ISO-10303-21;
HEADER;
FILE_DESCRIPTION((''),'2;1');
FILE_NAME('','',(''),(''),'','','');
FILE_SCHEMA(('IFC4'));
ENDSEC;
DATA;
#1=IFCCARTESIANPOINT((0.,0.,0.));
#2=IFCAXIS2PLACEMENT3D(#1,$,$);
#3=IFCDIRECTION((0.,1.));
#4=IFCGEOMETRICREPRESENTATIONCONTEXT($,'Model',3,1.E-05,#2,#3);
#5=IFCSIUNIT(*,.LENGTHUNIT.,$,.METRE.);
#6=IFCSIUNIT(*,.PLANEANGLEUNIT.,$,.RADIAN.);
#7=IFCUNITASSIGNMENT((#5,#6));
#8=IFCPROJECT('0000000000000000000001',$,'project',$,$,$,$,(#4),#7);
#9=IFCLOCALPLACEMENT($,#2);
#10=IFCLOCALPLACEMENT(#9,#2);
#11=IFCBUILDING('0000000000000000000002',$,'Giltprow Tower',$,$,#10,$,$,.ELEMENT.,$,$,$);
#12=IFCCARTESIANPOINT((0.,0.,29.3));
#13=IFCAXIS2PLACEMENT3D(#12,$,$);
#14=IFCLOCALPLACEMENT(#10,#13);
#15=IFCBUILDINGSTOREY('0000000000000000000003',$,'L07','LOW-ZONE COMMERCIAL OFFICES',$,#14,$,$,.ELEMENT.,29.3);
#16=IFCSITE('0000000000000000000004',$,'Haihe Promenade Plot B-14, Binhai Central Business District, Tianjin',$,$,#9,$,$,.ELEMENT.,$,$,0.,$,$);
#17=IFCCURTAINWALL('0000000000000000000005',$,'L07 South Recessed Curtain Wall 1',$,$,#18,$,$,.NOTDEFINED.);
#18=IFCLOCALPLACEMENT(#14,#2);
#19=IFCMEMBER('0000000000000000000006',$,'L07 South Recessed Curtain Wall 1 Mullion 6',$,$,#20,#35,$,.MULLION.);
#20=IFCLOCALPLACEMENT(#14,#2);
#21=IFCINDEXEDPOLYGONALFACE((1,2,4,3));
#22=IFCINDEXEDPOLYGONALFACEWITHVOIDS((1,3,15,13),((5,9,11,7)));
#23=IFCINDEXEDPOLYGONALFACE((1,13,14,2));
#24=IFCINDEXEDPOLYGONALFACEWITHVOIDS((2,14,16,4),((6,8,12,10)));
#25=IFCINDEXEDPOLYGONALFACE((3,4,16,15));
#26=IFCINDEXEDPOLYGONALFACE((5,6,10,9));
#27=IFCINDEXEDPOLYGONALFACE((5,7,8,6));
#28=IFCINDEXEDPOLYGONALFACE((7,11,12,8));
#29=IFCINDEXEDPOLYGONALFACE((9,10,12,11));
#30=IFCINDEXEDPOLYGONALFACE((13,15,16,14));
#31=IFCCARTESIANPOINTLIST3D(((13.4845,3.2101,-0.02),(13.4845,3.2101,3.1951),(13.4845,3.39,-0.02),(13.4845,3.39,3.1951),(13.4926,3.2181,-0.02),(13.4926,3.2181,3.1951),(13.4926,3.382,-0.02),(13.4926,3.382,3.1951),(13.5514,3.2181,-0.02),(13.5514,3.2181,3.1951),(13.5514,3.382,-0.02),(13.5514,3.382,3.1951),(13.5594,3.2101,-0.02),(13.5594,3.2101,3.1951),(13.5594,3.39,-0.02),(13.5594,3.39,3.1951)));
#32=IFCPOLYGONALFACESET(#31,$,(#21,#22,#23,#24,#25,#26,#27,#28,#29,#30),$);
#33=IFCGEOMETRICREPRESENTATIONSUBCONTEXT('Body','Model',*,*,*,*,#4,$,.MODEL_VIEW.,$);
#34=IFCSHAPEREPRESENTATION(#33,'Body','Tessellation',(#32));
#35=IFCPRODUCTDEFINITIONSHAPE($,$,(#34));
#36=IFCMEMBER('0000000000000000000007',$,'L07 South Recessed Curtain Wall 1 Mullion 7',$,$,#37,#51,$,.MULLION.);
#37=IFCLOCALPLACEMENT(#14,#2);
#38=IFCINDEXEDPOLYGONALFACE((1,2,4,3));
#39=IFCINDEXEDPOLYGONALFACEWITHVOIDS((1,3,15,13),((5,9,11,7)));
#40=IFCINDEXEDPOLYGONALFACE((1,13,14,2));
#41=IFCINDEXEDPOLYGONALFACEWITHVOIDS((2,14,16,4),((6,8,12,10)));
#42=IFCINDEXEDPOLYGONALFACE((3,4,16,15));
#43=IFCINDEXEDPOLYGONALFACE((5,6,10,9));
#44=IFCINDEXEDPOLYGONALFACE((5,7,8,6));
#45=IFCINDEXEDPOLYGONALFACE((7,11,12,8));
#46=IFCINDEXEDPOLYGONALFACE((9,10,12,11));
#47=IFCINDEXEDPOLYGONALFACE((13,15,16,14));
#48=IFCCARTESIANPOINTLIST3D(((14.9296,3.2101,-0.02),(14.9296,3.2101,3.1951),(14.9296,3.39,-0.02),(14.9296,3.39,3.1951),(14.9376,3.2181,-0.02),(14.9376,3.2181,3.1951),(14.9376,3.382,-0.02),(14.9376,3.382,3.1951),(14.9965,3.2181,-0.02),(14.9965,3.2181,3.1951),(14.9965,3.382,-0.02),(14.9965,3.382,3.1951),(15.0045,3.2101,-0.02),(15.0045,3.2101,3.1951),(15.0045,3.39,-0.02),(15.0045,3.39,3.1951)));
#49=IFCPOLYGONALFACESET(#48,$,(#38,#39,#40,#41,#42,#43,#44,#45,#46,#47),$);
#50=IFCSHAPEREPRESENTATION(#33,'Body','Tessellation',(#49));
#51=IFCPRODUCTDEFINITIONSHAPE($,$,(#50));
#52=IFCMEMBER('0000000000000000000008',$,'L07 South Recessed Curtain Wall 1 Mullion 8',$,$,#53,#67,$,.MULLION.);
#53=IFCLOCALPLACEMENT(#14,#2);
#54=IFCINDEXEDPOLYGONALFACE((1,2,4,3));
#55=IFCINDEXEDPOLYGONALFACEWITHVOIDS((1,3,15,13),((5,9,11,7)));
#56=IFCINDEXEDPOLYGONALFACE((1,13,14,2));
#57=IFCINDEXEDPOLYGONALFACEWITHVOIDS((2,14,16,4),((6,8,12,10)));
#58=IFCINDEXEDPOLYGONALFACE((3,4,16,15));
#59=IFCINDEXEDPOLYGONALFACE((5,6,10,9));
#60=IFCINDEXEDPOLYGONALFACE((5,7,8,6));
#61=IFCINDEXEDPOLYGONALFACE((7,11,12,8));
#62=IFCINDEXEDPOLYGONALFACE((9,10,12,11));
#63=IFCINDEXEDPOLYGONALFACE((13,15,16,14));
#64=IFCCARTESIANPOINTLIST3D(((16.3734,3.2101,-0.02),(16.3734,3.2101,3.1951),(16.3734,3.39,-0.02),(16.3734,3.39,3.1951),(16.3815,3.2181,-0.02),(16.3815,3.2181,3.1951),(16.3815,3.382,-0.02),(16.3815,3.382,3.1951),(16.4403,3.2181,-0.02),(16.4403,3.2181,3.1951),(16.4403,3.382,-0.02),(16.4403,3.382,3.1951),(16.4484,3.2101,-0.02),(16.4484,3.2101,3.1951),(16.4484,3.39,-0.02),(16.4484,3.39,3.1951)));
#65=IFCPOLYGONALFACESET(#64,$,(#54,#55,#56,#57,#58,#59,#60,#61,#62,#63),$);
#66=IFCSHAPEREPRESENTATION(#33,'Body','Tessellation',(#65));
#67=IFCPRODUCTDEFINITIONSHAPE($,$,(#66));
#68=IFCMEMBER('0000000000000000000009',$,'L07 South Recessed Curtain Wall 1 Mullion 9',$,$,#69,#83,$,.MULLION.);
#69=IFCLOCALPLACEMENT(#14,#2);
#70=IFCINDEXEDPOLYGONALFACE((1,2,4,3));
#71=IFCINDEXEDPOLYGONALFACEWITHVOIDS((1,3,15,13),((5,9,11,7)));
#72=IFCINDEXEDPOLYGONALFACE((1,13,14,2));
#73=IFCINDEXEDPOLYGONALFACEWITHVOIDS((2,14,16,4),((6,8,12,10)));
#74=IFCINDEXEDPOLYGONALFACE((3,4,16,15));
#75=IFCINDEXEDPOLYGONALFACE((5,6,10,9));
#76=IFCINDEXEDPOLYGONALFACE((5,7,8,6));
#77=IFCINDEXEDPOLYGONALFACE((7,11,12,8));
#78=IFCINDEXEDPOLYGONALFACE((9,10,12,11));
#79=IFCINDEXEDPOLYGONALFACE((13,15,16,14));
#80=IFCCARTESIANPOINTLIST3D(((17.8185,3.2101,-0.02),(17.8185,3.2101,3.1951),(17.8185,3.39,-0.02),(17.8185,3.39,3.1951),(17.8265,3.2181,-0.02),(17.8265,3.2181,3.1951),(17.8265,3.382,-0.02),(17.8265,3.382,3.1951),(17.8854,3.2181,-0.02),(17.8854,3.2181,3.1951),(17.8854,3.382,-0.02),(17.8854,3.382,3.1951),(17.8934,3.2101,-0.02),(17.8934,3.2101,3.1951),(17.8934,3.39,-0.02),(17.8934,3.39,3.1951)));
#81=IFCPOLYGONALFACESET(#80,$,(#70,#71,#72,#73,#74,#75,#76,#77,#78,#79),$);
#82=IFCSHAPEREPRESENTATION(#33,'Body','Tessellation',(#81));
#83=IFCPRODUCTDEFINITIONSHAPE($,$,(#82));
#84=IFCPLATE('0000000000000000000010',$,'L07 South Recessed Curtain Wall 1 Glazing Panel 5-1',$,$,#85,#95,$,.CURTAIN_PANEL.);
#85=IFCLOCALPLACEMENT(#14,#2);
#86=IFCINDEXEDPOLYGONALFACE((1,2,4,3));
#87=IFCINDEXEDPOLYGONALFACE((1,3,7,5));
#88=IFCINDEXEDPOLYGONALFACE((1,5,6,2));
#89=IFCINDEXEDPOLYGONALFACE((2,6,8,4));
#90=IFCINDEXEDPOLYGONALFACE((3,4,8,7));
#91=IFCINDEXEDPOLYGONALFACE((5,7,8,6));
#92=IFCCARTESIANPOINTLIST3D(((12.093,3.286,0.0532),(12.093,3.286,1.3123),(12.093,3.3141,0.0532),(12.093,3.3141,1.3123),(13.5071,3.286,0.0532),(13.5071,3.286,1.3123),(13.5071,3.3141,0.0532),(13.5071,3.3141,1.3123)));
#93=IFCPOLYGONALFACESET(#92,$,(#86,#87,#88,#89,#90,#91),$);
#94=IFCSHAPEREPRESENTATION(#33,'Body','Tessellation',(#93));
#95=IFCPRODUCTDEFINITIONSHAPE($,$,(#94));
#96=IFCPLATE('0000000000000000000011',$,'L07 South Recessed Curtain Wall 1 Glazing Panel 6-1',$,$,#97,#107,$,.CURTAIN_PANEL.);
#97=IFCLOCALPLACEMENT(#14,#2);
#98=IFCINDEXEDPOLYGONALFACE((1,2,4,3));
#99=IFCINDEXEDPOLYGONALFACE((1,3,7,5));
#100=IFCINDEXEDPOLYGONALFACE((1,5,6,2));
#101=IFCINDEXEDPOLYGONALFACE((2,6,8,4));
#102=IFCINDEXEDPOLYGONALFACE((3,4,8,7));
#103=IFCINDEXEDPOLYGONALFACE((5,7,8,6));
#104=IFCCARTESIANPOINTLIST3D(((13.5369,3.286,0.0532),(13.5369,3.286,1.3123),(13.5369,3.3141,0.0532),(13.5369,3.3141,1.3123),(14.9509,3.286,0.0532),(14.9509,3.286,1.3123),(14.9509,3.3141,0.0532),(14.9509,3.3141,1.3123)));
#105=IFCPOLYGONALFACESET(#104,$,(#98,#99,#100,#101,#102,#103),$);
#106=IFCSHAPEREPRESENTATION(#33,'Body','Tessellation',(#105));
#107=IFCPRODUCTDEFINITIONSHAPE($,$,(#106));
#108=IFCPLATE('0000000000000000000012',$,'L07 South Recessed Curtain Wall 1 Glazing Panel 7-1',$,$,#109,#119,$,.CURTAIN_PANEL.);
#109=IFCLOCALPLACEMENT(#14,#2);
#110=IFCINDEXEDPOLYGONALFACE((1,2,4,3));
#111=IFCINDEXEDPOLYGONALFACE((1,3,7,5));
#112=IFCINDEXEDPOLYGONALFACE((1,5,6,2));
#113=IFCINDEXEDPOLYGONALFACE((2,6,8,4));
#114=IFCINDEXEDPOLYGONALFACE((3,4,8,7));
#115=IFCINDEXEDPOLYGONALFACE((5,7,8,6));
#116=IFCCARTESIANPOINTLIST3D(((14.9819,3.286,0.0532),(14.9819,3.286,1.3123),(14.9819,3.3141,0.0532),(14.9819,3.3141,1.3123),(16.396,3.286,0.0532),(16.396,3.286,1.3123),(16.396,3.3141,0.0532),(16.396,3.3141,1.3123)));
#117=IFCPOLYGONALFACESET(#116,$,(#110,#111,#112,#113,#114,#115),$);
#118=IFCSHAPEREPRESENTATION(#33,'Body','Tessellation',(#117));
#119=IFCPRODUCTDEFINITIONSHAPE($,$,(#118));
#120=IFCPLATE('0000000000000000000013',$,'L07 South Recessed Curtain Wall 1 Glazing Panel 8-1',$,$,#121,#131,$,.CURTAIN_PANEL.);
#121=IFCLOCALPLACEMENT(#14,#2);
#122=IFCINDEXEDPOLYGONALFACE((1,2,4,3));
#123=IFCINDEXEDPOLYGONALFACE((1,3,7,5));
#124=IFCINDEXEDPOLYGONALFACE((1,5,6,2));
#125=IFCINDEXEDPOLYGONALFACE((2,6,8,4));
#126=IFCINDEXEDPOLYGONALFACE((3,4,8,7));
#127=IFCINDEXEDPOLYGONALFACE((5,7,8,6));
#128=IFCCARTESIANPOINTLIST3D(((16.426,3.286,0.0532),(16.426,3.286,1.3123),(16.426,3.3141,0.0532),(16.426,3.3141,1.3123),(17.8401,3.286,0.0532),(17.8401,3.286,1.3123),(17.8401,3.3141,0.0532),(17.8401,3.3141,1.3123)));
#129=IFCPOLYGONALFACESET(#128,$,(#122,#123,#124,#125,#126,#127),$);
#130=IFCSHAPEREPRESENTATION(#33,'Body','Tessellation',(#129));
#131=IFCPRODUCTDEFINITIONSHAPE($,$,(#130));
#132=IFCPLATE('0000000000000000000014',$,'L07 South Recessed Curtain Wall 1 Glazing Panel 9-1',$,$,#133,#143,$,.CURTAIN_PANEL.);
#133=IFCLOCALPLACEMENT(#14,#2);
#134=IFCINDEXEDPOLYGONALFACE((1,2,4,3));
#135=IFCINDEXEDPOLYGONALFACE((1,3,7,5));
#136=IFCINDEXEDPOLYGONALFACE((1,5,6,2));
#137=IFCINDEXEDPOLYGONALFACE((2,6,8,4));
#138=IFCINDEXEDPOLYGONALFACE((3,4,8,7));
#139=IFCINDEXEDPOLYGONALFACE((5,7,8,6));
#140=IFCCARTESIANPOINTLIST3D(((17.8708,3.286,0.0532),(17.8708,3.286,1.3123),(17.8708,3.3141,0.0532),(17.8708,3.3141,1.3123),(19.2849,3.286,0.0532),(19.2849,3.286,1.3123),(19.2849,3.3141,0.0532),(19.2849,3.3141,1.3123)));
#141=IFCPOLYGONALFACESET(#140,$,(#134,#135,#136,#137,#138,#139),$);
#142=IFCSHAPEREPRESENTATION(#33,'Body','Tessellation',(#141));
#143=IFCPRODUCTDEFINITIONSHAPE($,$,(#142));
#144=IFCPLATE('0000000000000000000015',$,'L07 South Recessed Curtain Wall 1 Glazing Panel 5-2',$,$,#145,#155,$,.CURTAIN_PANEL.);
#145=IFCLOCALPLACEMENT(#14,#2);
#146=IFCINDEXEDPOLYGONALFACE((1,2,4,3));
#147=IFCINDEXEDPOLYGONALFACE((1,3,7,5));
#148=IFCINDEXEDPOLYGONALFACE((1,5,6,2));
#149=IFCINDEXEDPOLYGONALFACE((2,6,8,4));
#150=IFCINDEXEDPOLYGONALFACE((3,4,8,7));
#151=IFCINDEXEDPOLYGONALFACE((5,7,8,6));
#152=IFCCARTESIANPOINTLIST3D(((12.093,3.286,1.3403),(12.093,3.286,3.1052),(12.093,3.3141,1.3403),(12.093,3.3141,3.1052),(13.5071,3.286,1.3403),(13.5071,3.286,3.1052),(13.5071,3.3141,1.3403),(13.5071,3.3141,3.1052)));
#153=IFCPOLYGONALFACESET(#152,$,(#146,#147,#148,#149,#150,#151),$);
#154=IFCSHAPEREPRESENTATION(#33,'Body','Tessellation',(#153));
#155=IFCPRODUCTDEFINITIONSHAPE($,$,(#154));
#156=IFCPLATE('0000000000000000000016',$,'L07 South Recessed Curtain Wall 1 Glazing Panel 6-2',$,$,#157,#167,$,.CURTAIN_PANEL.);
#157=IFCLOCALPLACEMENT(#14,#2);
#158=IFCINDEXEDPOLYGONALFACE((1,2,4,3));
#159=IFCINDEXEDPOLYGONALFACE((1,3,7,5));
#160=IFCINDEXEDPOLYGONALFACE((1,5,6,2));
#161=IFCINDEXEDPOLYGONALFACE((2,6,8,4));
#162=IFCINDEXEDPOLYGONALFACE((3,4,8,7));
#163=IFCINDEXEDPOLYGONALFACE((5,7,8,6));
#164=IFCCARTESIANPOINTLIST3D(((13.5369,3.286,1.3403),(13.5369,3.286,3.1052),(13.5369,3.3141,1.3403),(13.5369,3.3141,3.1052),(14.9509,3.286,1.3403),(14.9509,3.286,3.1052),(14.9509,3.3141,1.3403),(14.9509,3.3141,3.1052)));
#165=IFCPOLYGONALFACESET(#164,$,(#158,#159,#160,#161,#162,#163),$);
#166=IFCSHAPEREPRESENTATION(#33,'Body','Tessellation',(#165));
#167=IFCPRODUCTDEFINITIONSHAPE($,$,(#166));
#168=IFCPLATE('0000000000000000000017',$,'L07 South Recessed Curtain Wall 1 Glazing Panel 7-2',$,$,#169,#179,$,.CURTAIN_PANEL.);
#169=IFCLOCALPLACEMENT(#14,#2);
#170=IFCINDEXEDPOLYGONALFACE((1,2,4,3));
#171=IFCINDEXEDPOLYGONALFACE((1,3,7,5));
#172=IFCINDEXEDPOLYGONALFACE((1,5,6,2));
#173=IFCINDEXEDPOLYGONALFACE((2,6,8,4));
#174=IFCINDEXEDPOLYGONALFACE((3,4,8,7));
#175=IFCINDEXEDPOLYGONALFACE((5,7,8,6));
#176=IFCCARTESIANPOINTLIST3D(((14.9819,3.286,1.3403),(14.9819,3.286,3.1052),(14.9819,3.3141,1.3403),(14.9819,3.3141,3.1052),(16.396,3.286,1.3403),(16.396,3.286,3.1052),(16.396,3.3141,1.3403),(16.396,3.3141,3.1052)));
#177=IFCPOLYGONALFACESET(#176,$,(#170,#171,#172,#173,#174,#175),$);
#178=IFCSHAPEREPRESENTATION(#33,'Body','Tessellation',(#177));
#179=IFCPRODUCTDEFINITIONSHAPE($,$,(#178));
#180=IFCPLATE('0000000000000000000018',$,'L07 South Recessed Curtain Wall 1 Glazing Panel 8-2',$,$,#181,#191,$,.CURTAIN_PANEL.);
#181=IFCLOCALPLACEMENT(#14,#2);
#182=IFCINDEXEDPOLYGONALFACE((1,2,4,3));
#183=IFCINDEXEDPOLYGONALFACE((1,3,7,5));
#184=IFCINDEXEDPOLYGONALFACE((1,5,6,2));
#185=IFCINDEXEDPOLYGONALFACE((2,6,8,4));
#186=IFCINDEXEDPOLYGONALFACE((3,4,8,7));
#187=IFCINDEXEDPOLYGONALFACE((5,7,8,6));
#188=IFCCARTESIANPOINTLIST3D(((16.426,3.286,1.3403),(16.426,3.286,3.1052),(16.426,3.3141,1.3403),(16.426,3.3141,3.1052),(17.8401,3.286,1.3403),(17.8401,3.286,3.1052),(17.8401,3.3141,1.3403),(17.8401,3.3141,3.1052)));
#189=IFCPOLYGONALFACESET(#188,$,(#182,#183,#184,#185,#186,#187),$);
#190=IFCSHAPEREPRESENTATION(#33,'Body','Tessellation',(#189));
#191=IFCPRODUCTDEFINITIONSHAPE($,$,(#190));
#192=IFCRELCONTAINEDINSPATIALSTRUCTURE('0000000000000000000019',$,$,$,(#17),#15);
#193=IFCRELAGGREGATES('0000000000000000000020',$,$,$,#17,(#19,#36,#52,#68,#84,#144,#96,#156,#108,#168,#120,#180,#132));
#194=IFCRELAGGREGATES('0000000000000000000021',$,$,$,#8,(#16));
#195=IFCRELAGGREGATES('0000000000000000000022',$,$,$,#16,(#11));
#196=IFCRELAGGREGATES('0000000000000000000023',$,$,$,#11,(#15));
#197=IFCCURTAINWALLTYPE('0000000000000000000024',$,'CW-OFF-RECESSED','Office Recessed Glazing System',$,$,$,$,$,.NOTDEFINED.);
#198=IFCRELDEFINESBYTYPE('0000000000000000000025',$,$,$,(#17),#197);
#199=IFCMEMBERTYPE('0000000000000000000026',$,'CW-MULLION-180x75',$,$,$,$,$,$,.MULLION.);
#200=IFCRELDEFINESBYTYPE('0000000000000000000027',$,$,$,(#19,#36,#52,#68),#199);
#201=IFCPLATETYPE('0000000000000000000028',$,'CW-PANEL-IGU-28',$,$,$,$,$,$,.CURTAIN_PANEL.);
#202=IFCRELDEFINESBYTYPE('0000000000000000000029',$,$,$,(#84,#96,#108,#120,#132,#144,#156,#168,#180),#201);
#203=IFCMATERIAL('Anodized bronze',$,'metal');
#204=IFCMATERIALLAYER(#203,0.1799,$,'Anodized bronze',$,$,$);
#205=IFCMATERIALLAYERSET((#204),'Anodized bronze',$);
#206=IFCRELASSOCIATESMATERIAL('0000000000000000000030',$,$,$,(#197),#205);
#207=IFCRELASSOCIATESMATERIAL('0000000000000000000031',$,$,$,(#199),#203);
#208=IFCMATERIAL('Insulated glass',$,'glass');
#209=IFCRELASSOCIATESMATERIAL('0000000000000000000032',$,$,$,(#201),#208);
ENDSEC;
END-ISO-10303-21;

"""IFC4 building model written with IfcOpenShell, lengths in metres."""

from ifc_helpers import new_model, si_unit, direction, frame, origin, origin_2d, place, context, subcontext, project, spatial, rectangle, hollow_rectangle, extrude, source, transform, mapped, material, layer, layer_set, material_profile, profile_set, type_object, element, aggregate, save


model = new_model("IFC4")

# Units and contexts
model_context = context("Model", 3, precision=1e-05, world=origin(), true_north=direction((0.0, 1.0)))
body_context = subcontext(model_context, "Body", "Model", "MODEL_VIEW")
ifc_project = project(units=[si_unit("LENGTHUNIT", "METRE"), si_unit("PLANEANGLEUNIT", "RADIAN")], contexts=[model_context])

# Site, building, storey
site_placement = place(None, origin())
site = spatial("IfcSite", under=ifc_project, at=site_placement, Name="Haihe Promenade Plot B-14, Binhai Central Business District, Tianjin", CompositionType="ELEMENT", RefElevation=0.0)
building_placement = place(site_placement, origin())
building = spatial("IfcBuilding", under=site, at=building_placement, Name="Giltprow Tower", CompositionType="ELEMENT")
storey_placement = place(building_placement, frame((0.0, 0.0, 29.3)))
storey = spatial("IfcBuildingStorey", under=building, at=storey_placement, Name="L07", Description="LOW-ZONE COMMERCIAL OFFICES", CompositionType="ELEMENT", Elevation=29.3)

# Curtain wall, members, plates
ifc_material_1 = material(Name="Anodized bronze", Category="metal")
ifc_layer = layer(ifc_material_1, 0.1799, Name="Anodized bronze")
ifc_layer_set = layer_set([ifc_layer], Name="Anodized bronze")
curtain_wall_type = type_object("IfcCurtainWallType", Name="CW-OFF-RECESSED", Description="Office Recessed Glazing System", PredefinedType="NOTDEFINED", material=ifc_layer_set)
curtain_wall_placement = place(storey_placement, origin())
curtain_wall = element("IfcCurtainWall", 1, at=curtain_wall_placement, inside=storey, type_object=curtain_wall_type, Name="L07 South Recessed Curtain Wall 1", PredefinedType="NOTDEFINED")
ifc_material_profile = material_profile(ifc_material_1, hollow_rectangle(XDim=0.075, YDim=0.1799, WallThickness=0.0081, at=origin_2d()), Name="RHS 180x75x8")
ifc_profile_set = profile_set([ifc_material_profile], Name="Anodized bronze")
member_type = type_object("IfcMemberType", Name="CW-MULLION-180x75", PredefinedType="MULLION", material=ifc_profile_set)
shared_shape_1 = source(origin(), body_context, "Body", "SweptSolid", [
    extrude(hollow_rectangle(XDim=0.075, YDim=0.1799, WallThickness=0.0081, at=origin_2d()), origin(), (0.0, 0.0, 1.0), 3.2151),
])
member_1_placement = place(storey_placement, frame((13.522, 3.3, -0.02), z_axis=(0.0, 0.0, 1.0), x_axis=(1.0, 0.0, 0.0)))
member_1 = element("IfcMember", 2, at=member_1_placement, type_object=member_type, Name="L07 South Recessed Curtain Wall 1 Mullion 6", PredefinedType="MULLION", context=body_context, shape_type="MappedRepresentation", body=[
    mapped(shared_shape_1, transform((0.0, 0.0, 0.0), x_axis=(1.0, 0.0, 0.0), y_axis=(0.0, 1.0, 0.0), z_axis=(0.0, 0.0, 1.0), scale=1.0)),
])
member_2_placement = place(storey_placement, frame((14.967, 3.3, -0.02), z_axis=(0.0, 0.0, 1.0), x_axis=(1.0, 0.0, 0.0)))
member_2 = element("IfcMember", 3, at=member_2_placement, type_object=member_type, Name="L07 South Recessed Curtain Wall 1 Mullion 7", PredefinedType="MULLION", context=body_context, shape_type="MappedRepresentation", body=[
    mapped(shared_shape_1, transform((0.0, 0.0, 0.0), x_axis=(1.0, 0.0, 0.0), y_axis=(0.0, 1.0, 0.0), z_axis=(0.0, 0.0, 1.0), scale=1.0)),
])
member_3_placement = place(storey_placement, frame((16.4109, 3.3, -0.02), z_axis=(0.0, 0.0, 1.0), x_axis=(1.0, 0.0, 0.0)))
member_3 = element("IfcMember", 4, at=member_3_placement, type_object=member_type, Name="L07 South Recessed Curtain Wall 1 Mullion 8", PredefinedType="MULLION", context=body_context, shape_type="MappedRepresentation", body=[
    mapped(shared_shape_1, transform((0.0, 0.0, 0.0), x_axis=(1.0, 0.0, 0.0), y_axis=(0.0, 1.0, 0.0), z_axis=(0.0, 0.0, 1.0), scale=1.0)),
])
member_4_placement = place(storey_placement, frame((17.856, 3.3, -0.02), z_axis=(0.0, 0.0, 1.0), x_axis=(1.0, 0.0, 0.0)))
member_4 = element("IfcMember", 5, at=member_4_placement, type_object=member_type, Name="L07 South Recessed Curtain Wall 1 Mullion 9", PredefinedType="MULLION", context=body_context, shape_type="MappedRepresentation", body=[
    mapped(shared_shape_1, transform((0.0, 0.0, 0.0), x_axis=(1.0, 0.0, 0.0), y_axis=(0.0, 1.0, 0.0), z_axis=(0.0, 0.0, 1.0), scale=1.0)),
])
ifc_material_2 = material(Name="Insulated glass", Category="glass")
plate_type = type_object("IfcPlateType", Name="CW-PANEL-IGU-28", PredefinedType="CURTAIN_PANEL", material=ifc_material_2)
shared_shape_2 = source(origin(), body_context, "Body", "SweptSolid", [
    extrude(rectangle(XDim=1.4141, YDim=0.0281, at=origin_2d()), origin(), (0.0, 0.0, 1.0), 1.259),
])
plate_1_placement = place(storey_placement, frame((12.8, 3.3, 0.0532), z_axis=(0.0, 0.0, 1.0), x_axis=(1.0, 0.0, 0.0)))
plate_1 = element("IfcPlate", 6, at=plate_1_placement, type_object=plate_type, Name="L07 South Recessed Curtain Wall 1 Glazing Panel 5-1", PredefinedType="CURTAIN_PANEL", context=body_context, shape_type="MappedRepresentation", body=[
    mapped(shared_shape_2, transform((0.0, 0.0, 0.0), x_axis=(1.0, 0.0, 0.0), y_axis=(0.0, 1.0, 0.0), z_axis=(0.0, 0.0, 1.0), scale=1.0)),
])
plate_2_placement = place(storey_placement, frame((14.2439, 3.3, 0.0532), z_axis=(0.0, 0.0, 1.0), x_axis=(1.0, 0.0, 0.0)))
plate_2 = element("IfcPlate", 7, at=plate_2_placement, type_object=plate_type, Name="L07 South Recessed Curtain Wall 1 Glazing Panel 6-1", PredefinedType="CURTAIN_PANEL", context=body_context, shape_type="MappedRepresentation", body=[
    mapped(shared_shape_2, transform((0.0, 0.0, 0.0), x_axis=(1.0, 0.0, 0.0), y_axis=(0.0, 1.0, 0.0), z_axis=(0.0, 0.0, 1.0), scale=1.0)),
])
plate_3_placement = place(storey_placement, frame((15.689, 3.3, 0.0532), z_axis=(0.0, 0.0, 1.0), x_axis=(1.0, 0.0, 0.0)))
plate_3 = element("IfcPlate", 8, at=plate_3_placement, type_object=plate_type, Name="L07 South Recessed Curtain Wall 1 Glazing Panel 7-1", PredefinedType="CURTAIN_PANEL", context=body_context, shape_type="MappedRepresentation", body=[
    mapped(shared_shape_2, transform((0.0, 0.0, 0.0), x_axis=(1.0, 0.0, 0.0), y_axis=(0.0, 1.0, 0.0), z_axis=(0.0, 0.0, 1.0), scale=1.0)),
])
plate_4_placement = place(storey_placement, frame((17.1331, 3.3, 0.0532), z_axis=(0.0, 0.0, 1.0), x_axis=(1.0, 0.0, 0.0)))
plate_4 = element("IfcPlate", 9, at=plate_4_placement, type_object=plate_type, Name="L07 South Recessed Curtain Wall 1 Glazing Panel 8-1", PredefinedType="CURTAIN_PANEL", context=body_context, shape_type="MappedRepresentation", body=[
    mapped(shared_shape_2, transform((0.0, 0.0, 0.0), x_axis=(1.0, 0.0, 0.0), y_axis=(0.0, 1.0, 0.0), z_axis=(0.0, 0.0, 1.0), scale=1.0)),
])
plate_5_placement = place(storey_placement, frame((18.5779, 3.3, 0.0532), z_axis=(0.0, 0.0, 1.0), x_axis=(1.0, 0.0, 0.0)))
plate_5 = element("IfcPlate", 10, at=plate_5_placement, type_object=plate_type, Name="L07 South Recessed Curtain Wall 1 Glazing Panel 9-1", PredefinedType="CURTAIN_PANEL", context=body_context, shape_type="MappedRepresentation", body=[
    mapped(shared_shape_2, transform((0.0, 0.0, 0.0), x_axis=(1.0, 0.0, 0.0), y_axis=(0.0, 1.0, 0.0), z_axis=(0.0, 0.0, 1.0), scale=1.0)),
])
shared_shape_3 = source(origin(), body_context, "Body", "SweptSolid", [
    extrude(rectangle(XDim=1.4141, YDim=0.0281, at=origin_2d()), origin(), (0.0, 0.0, 1.0), 1.7649),
])
plate_6_placement = place(storey_placement, frame((12.8, 3.3, 1.3403), z_axis=(0.0, 0.0, 1.0), x_axis=(1.0, 0.0, 0.0)))
plate_6 = element("IfcPlate", 11, at=plate_6_placement, type_object=plate_type, Name="L07 South Recessed Curtain Wall 1 Glazing Panel 5-2", PredefinedType="CURTAIN_PANEL", context=body_context, shape_type="MappedRepresentation", body=[
    mapped(shared_shape_3, transform((0.0, 0.0, 0.0), x_axis=(1.0, 0.0, 0.0), y_axis=(0.0, 1.0, 0.0), z_axis=(0.0, 0.0, 1.0), scale=1.0)),
])
plate_7_placement = place(storey_placement, frame((14.2439, 3.3, 1.3403), z_axis=(0.0, 0.0, 1.0), x_axis=(1.0, 0.0, 0.0)))
plate_7 = element("IfcPlate", 12, at=plate_7_placement, type_object=plate_type, Name="L07 South Recessed Curtain Wall 1 Glazing Panel 6-2", PredefinedType="CURTAIN_PANEL", context=body_context, shape_type="MappedRepresentation", body=[
    mapped(shared_shape_3, transform((0.0, 0.0, 0.0), x_axis=(1.0, 0.0, 0.0), y_axis=(0.0, 1.0, 0.0), z_axis=(0.0, 0.0, 1.0), scale=1.0)),
])
plate_8_placement = place(storey_placement, frame((15.689, 3.3, 1.3403), z_axis=(0.0, 0.0, 1.0), x_axis=(1.0, 0.0, 0.0)))
plate_8 = element("IfcPlate", 13, at=plate_8_placement, type_object=plate_type, Name="L07 South Recessed Curtain Wall 1 Glazing Panel 7-2", PredefinedType="CURTAIN_PANEL", context=body_context, shape_type="MappedRepresentation", body=[
    mapped(shared_shape_3, transform((0.0, 0.0, 0.0), x_axis=(1.0, 0.0, 0.0), y_axis=(0.0, 1.0, 0.0), z_axis=(0.0, 0.0, 1.0), scale=1.0)),
])
plate_9_placement = place(storey_placement, frame((17.1331, 3.3, 1.3403), z_axis=(0.0, 0.0, 1.0), x_axis=(1.0, 0.0, 0.0)))
plate_9 = element("IfcPlate", 14, at=plate_9_placement, type_object=plate_type, Name="L07 South Recessed Curtain Wall 1 Glazing Panel 8-2", PredefinedType="CURTAIN_PANEL", context=body_context, shape_type="MappedRepresentation", body=[
    mapped(shared_shape_3, transform((0.0, 0.0, 0.0), x_axis=(1.0, 0.0, 0.0), y_axis=(0.0, 1.0, 0.0), z_axis=(0.0, 0.0, 1.0), scale=1.0)),
])
aggregate(curtain_wall, [member_1, member_2, member_3, member_4, plate_1, plate_6, plate_2, plate_7, plate_3, plate_8, plate_4, plate_9, plate_5])

save(model, "model.ifc")
